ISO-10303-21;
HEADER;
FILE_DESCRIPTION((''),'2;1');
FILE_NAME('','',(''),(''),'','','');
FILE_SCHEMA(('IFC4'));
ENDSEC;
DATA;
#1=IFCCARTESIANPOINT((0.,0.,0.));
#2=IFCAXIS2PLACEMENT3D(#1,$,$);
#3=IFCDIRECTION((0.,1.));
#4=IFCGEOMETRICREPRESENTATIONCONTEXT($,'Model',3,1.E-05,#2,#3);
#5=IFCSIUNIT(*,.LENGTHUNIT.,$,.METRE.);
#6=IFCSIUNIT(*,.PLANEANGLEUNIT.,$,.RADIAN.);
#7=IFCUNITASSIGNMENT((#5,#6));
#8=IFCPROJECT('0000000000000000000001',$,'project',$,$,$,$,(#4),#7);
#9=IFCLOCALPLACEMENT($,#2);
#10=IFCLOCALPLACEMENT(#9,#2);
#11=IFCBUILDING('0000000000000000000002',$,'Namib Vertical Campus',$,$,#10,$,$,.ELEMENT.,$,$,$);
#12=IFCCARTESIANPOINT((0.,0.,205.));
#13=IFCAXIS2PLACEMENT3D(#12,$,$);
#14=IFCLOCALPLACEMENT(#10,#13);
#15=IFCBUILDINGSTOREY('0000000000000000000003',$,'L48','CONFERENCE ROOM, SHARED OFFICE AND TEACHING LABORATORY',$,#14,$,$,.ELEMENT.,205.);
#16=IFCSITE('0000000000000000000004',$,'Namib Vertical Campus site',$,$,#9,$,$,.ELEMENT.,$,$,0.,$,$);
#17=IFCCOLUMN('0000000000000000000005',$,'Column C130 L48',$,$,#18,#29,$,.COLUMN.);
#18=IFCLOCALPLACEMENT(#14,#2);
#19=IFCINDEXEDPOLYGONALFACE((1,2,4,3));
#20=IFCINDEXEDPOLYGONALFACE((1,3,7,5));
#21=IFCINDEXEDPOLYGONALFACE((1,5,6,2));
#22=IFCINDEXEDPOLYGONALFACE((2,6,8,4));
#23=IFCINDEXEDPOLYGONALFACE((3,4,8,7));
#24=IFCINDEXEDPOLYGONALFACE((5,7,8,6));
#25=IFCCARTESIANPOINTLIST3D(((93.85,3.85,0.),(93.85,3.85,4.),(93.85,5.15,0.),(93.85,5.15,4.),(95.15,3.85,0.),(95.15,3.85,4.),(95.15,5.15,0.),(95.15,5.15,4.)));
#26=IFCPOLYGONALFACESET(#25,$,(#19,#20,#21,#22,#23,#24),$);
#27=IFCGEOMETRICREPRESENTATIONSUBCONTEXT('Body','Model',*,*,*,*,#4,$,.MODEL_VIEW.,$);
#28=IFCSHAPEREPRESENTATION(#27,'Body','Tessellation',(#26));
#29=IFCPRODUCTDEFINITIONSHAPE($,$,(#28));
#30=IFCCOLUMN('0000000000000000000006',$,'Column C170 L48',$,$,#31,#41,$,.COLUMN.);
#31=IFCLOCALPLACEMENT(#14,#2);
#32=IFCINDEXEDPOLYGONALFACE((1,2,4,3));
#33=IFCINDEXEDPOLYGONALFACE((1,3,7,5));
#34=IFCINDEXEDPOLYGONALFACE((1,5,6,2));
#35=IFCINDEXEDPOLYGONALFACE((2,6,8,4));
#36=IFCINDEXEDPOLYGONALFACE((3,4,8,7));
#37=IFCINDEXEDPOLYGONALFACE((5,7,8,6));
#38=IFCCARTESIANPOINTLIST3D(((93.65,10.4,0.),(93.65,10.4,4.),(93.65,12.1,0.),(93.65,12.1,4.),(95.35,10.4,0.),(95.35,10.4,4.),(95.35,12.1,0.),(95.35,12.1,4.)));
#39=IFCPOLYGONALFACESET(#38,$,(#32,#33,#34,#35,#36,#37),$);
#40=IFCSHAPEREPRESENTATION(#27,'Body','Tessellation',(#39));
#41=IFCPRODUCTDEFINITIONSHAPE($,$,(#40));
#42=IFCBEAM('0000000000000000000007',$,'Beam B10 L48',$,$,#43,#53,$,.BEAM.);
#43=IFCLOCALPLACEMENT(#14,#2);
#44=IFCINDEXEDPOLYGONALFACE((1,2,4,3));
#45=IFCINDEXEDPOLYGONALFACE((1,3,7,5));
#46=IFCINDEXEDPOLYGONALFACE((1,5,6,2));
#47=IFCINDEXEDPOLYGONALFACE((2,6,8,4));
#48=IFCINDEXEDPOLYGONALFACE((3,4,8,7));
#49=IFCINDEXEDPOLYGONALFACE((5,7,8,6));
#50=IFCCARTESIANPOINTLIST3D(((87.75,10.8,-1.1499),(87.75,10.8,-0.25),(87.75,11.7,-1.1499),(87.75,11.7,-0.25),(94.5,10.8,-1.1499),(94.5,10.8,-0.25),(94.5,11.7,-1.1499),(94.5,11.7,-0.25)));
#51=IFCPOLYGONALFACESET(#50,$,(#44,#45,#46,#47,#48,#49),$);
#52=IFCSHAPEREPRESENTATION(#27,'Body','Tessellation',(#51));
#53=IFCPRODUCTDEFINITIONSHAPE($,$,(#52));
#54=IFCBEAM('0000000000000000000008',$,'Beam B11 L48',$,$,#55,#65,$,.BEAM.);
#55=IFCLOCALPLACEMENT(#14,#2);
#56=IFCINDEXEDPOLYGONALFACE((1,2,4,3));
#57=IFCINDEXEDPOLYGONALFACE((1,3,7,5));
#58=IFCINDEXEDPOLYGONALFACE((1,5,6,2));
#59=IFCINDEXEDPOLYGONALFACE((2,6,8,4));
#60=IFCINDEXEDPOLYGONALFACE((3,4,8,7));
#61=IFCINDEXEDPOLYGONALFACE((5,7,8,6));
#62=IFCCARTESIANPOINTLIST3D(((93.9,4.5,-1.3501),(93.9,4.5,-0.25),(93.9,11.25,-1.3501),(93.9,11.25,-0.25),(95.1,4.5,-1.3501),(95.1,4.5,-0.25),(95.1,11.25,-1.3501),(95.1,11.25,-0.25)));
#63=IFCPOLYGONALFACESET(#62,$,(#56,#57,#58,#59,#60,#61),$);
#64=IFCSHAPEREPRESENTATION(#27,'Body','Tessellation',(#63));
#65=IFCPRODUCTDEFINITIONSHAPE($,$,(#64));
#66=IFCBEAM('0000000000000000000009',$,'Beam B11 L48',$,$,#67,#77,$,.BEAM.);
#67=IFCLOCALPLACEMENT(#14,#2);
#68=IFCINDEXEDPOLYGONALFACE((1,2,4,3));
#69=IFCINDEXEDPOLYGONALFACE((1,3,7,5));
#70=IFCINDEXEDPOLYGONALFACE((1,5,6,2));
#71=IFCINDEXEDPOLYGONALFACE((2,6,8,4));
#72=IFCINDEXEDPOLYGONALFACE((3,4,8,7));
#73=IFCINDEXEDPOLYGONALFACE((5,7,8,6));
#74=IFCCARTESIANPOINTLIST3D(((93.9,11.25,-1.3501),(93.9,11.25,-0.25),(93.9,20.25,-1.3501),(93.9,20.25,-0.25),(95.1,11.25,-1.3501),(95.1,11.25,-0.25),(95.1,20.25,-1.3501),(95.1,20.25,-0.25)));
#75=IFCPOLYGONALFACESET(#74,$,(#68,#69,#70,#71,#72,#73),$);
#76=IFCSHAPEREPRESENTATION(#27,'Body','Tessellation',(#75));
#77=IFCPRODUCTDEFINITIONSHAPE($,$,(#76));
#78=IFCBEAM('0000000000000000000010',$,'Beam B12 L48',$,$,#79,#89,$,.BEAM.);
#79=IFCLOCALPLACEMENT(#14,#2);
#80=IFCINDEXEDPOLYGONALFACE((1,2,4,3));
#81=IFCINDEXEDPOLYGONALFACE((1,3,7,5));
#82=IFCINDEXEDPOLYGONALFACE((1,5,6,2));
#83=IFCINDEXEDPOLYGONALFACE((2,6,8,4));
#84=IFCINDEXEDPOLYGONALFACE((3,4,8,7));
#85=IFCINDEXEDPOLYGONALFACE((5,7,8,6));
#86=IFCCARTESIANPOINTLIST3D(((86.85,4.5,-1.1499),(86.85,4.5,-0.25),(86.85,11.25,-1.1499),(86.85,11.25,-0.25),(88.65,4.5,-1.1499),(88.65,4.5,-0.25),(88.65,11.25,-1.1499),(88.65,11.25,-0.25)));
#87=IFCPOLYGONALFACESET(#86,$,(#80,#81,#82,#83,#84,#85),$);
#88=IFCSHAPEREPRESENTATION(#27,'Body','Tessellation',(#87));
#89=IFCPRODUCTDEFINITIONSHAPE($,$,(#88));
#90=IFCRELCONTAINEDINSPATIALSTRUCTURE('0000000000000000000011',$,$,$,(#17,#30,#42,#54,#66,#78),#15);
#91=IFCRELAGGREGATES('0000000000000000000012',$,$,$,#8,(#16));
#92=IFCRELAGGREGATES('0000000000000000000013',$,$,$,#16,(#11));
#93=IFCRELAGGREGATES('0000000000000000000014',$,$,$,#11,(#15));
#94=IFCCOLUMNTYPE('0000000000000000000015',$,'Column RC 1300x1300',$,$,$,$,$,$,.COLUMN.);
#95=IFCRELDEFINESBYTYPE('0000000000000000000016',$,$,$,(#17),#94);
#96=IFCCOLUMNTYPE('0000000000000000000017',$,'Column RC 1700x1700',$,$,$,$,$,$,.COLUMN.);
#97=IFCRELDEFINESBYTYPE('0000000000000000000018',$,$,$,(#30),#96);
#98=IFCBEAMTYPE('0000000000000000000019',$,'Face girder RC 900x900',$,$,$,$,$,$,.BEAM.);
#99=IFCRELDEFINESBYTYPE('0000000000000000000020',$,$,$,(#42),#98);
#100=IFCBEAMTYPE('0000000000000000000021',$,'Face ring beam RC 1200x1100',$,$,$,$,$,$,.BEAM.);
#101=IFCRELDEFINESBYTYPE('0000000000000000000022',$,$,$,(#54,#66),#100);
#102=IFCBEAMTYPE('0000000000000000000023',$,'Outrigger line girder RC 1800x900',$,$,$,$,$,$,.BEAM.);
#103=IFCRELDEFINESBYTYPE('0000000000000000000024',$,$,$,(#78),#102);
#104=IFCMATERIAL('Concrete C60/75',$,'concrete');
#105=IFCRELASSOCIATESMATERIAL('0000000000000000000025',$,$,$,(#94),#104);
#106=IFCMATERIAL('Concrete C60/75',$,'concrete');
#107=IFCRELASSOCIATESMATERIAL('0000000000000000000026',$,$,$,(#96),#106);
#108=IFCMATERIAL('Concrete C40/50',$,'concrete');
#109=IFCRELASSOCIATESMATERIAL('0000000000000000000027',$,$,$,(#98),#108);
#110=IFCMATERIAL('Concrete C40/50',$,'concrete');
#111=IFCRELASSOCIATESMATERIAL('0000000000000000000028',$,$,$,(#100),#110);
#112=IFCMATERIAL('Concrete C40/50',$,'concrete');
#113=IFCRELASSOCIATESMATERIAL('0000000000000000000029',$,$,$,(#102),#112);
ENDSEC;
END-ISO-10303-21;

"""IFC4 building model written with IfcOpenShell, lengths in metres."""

from ifc_helpers import new_model, si_unit, direction, frame, origin, origin_2d, place, context, subcontext, project, spatial, rectangle, extrude, material, material_profile, profile_set, type_object, element, save


model = new_model("IFC4")

# Units and contexts
model_context = context("Model", 3, precision=1e-05, world=origin(), true_north=direction((0.0, 1.0)))
body_context = subcontext(model_context, "Body", "Model", "MODEL_VIEW")
ifc_project = project(units=[si_unit("LENGTHUNIT", "METRE"), si_unit("PLANEANGLEUNIT", "RADIAN")], contexts=[model_context])

# Site, building, storey
site_placement = place(None, origin())
site = spatial("IfcSite", under=ifc_project, at=site_placement, Name="Namib Vertical Campus site", CompositionType="ELEMENT", RefElevation=0.0)
building_placement = place(site_placement, origin())
building = spatial("IfcBuilding", under=site, at=building_placement, Name="Namib Vertical Campus", CompositionType="ELEMENT")
storey_placement = place(building_placement, frame((0.0, 0.0, 205.0)))
storey = spatial("IfcBuildingStorey", under=building, at=storey_placement, Name="L48", Description="CONFERENCE ROOM, SHARED OFFICE AND TEACHING LABORATORY", CompositionType="ELEMENT", Elevation=205.0)

# Columns
ifc_material_1 = material(Name="Concrete C60/75", Category="concrete")
ifc_material_profile_1 = material_profile(ifc_material_1, rectangle(XDim=1.3, YDim=1.3, at=origin_2d()))
ifc_profile_set_1 = profile_set([ifc_material_profile_1], Name="Concrete C60/75")
column_type_1 = type_object("IfcColumnType", Name="Column RC 1300x1300", PredefinedType="COLUMN", material=ifc_profile_set_1)
column_1_placement = place(storey_placement, frame((94.5, 4.5, 0.0), z_axis=(0.0, 0.0, 1.0), x_axis=(1.0, 0.0, 0.0)))
element("IfcColumn", 1, at=column_1_placement, inside=storey, type_object=column_type_1, Name="Column C130 L48", PredefinedType="COLUMN", context=body_context, shape_type="SweptSolid", body=[
    extrude(rectangle(XDim=1.3, YDim=1.3, at=origin_2d()), origin(), (0.0, 0.0, 1.0), 4.0),
])
ifc_material_2 = material(Name="Concrete C60/75", Category="concrete")
ifc_material_profile_2 = material_profile(ifc_material_2, rectangle(XDim=1.7, YDim=1.7, at=origin_2d()))
ifc_profile_set_2 = profile_set([ifc_material_profile_2], Name="Concrete C60/75")
column_type_2 = type_object("IfcColumnType", Name="Column RC 1700x1700", PredefinedType="COLUMN", material=ifc_profile_set_2)
column_2_placement = place(storey_placement, frame((94.5, 11.25, 0.0), z_axis=(0.0, 0.0, 1.0), x_axis=(1.0, 0.0, 0.0)))
element("IfcColumn", 2, at=column_2_placement, inside=storey, type_object=column_type_2, Name="Column C170 L48", PredefinedType="COLUMN", context=body_context, shape_type="SweptSolid", body=[
    extrude(rectangle(XDim=1.7, YDim=1.7, at=origin_2d()), origin(), (0.0, 0.0, 1.0), 4.0),
])

# Beams
ifc_material_3 = material(Name="Concrete C40/50", Category="concrete")
ifc_material_profile_3 = material_profile(ifc_material_3, rectangle(XDim=0.8999, YDim=0.8999, at=origin_2d()))
ifc_profile_set_3 = profile_set([ifc_material_profile_3], Name="Concrete C40/50")
beam_type_1 = type_object("IfcBeamType", Name="Face girder RC 900x900", PredefinedType="BEAM", material=ifc_profile_set_3)
beam_1_placement = place(storey_placement, frame((94.5, 11.25, -0.7), z_axis=(-1.0, 0.0, 0.0), x_axis=(0.0, -1.0, 0.0)))
element("IfcBeam", 3, at=beam_1_placement, inside=storey, type_object=beam_type_1, Name="Beam B10 L48", PredefinedType="BEAM", context=body_context, shape_type="SweptSolid", body=[
    extrude(rectangle(XDim=0.8999, YDim=0.8999, at=origin_2d()), origin(), (0.0, 0.0, 1.0), 6.75),
])
ifc_material_4 = material(Name="Concrete C40/50", Category="concrete")
ifc_material_profile_4 = material_profile(ifc_material_4, rectangle(XDim=1.2, YDim=1.1001, at=origin_2d()))
ifc_profile_set_4 = profile_set([ifc_material_profile_4], Name="Concrete C40/50")
beam_type_2 = type_object("IfcBeamType", Name="Face ring beam RC 1200x1100", PredefinedType="BEAM", material=ifc_profile_set_4)
beam_2_placement = place(storey_placement, frame((94.5, 4.5, -0.8), z_axis=(0.0, 1.0, 0.0), x_axis=(-1.0, 0.0, 0.0)))
element("IfcBeam", 4, at=beam_2_placement, inside=storey, type_object=beam_type_2, Name="Beam B11 L48", PredefinedType="BEAM", context=body_context, shape_type="SweptSolid", body=[
    extrude(rectangle(XDim=1.2, YDim=1.1001, at=origin_2d()), origin(), (0.0, 0.0, 1.0), 6.75),
])
beam_3_placement = place(storey_placement, frame((94.5, 11.25, -0.8), z_axis=(0.0, 1.0, 0.0), x_axis=(-1.0, 0.0, 0.0)))
element("IfcBeam", 5, at=beam_3_placement, inside=storey, type_object=beam_type_2, Name="Beam B11 L48", PredefinedType="BEAM", context=body_context, shape_type="SweptSolid", body=[
    extrude(rectangle(XDim=1.2, YDim=1.1001, at=origin_2d()), origin(), (0.0, 0.0, 1.0), 9.0),
])
ifc_material_5 = material(Name="Concrete C40/50", Category="concrete")
ifc_material_profile_5 = material_profile(ifc_material_5, rectangle(XDim=1.8, YDim=0.8999, at=origin_2d()))
ifc_profile_set_5 = profile_set([ifc_material_profile_5], Name="Concrete C40/50")
beam_type_3 = type_object("IfcBeamType", Name="Outrigger line girder RC 1800x900", PredefinedType="BEAM", material=ifc_profile_set_5)
beam_4_placement = place(storey_placement, frame((87.75, 4.5, -0.7), z_axis=(0.0, 1.0, 0.0), x_axis=(-1.0, 0.0, 0.0)))
element("IfcBeam", 6, at=beam_4_placement, inside=storey, type_object=beam_type_3, Name="Beam B12 L48", PredefinedType="BEAM", context=body_context, shape_type="SweptSolid", body=[
    extrude(rectangle(XDim=1.8, YDim=0.8999, at=origin_2d()), origin(), (0.0, 0.0, 1.0), 6.75),
])

save(model, "model.ifc")
